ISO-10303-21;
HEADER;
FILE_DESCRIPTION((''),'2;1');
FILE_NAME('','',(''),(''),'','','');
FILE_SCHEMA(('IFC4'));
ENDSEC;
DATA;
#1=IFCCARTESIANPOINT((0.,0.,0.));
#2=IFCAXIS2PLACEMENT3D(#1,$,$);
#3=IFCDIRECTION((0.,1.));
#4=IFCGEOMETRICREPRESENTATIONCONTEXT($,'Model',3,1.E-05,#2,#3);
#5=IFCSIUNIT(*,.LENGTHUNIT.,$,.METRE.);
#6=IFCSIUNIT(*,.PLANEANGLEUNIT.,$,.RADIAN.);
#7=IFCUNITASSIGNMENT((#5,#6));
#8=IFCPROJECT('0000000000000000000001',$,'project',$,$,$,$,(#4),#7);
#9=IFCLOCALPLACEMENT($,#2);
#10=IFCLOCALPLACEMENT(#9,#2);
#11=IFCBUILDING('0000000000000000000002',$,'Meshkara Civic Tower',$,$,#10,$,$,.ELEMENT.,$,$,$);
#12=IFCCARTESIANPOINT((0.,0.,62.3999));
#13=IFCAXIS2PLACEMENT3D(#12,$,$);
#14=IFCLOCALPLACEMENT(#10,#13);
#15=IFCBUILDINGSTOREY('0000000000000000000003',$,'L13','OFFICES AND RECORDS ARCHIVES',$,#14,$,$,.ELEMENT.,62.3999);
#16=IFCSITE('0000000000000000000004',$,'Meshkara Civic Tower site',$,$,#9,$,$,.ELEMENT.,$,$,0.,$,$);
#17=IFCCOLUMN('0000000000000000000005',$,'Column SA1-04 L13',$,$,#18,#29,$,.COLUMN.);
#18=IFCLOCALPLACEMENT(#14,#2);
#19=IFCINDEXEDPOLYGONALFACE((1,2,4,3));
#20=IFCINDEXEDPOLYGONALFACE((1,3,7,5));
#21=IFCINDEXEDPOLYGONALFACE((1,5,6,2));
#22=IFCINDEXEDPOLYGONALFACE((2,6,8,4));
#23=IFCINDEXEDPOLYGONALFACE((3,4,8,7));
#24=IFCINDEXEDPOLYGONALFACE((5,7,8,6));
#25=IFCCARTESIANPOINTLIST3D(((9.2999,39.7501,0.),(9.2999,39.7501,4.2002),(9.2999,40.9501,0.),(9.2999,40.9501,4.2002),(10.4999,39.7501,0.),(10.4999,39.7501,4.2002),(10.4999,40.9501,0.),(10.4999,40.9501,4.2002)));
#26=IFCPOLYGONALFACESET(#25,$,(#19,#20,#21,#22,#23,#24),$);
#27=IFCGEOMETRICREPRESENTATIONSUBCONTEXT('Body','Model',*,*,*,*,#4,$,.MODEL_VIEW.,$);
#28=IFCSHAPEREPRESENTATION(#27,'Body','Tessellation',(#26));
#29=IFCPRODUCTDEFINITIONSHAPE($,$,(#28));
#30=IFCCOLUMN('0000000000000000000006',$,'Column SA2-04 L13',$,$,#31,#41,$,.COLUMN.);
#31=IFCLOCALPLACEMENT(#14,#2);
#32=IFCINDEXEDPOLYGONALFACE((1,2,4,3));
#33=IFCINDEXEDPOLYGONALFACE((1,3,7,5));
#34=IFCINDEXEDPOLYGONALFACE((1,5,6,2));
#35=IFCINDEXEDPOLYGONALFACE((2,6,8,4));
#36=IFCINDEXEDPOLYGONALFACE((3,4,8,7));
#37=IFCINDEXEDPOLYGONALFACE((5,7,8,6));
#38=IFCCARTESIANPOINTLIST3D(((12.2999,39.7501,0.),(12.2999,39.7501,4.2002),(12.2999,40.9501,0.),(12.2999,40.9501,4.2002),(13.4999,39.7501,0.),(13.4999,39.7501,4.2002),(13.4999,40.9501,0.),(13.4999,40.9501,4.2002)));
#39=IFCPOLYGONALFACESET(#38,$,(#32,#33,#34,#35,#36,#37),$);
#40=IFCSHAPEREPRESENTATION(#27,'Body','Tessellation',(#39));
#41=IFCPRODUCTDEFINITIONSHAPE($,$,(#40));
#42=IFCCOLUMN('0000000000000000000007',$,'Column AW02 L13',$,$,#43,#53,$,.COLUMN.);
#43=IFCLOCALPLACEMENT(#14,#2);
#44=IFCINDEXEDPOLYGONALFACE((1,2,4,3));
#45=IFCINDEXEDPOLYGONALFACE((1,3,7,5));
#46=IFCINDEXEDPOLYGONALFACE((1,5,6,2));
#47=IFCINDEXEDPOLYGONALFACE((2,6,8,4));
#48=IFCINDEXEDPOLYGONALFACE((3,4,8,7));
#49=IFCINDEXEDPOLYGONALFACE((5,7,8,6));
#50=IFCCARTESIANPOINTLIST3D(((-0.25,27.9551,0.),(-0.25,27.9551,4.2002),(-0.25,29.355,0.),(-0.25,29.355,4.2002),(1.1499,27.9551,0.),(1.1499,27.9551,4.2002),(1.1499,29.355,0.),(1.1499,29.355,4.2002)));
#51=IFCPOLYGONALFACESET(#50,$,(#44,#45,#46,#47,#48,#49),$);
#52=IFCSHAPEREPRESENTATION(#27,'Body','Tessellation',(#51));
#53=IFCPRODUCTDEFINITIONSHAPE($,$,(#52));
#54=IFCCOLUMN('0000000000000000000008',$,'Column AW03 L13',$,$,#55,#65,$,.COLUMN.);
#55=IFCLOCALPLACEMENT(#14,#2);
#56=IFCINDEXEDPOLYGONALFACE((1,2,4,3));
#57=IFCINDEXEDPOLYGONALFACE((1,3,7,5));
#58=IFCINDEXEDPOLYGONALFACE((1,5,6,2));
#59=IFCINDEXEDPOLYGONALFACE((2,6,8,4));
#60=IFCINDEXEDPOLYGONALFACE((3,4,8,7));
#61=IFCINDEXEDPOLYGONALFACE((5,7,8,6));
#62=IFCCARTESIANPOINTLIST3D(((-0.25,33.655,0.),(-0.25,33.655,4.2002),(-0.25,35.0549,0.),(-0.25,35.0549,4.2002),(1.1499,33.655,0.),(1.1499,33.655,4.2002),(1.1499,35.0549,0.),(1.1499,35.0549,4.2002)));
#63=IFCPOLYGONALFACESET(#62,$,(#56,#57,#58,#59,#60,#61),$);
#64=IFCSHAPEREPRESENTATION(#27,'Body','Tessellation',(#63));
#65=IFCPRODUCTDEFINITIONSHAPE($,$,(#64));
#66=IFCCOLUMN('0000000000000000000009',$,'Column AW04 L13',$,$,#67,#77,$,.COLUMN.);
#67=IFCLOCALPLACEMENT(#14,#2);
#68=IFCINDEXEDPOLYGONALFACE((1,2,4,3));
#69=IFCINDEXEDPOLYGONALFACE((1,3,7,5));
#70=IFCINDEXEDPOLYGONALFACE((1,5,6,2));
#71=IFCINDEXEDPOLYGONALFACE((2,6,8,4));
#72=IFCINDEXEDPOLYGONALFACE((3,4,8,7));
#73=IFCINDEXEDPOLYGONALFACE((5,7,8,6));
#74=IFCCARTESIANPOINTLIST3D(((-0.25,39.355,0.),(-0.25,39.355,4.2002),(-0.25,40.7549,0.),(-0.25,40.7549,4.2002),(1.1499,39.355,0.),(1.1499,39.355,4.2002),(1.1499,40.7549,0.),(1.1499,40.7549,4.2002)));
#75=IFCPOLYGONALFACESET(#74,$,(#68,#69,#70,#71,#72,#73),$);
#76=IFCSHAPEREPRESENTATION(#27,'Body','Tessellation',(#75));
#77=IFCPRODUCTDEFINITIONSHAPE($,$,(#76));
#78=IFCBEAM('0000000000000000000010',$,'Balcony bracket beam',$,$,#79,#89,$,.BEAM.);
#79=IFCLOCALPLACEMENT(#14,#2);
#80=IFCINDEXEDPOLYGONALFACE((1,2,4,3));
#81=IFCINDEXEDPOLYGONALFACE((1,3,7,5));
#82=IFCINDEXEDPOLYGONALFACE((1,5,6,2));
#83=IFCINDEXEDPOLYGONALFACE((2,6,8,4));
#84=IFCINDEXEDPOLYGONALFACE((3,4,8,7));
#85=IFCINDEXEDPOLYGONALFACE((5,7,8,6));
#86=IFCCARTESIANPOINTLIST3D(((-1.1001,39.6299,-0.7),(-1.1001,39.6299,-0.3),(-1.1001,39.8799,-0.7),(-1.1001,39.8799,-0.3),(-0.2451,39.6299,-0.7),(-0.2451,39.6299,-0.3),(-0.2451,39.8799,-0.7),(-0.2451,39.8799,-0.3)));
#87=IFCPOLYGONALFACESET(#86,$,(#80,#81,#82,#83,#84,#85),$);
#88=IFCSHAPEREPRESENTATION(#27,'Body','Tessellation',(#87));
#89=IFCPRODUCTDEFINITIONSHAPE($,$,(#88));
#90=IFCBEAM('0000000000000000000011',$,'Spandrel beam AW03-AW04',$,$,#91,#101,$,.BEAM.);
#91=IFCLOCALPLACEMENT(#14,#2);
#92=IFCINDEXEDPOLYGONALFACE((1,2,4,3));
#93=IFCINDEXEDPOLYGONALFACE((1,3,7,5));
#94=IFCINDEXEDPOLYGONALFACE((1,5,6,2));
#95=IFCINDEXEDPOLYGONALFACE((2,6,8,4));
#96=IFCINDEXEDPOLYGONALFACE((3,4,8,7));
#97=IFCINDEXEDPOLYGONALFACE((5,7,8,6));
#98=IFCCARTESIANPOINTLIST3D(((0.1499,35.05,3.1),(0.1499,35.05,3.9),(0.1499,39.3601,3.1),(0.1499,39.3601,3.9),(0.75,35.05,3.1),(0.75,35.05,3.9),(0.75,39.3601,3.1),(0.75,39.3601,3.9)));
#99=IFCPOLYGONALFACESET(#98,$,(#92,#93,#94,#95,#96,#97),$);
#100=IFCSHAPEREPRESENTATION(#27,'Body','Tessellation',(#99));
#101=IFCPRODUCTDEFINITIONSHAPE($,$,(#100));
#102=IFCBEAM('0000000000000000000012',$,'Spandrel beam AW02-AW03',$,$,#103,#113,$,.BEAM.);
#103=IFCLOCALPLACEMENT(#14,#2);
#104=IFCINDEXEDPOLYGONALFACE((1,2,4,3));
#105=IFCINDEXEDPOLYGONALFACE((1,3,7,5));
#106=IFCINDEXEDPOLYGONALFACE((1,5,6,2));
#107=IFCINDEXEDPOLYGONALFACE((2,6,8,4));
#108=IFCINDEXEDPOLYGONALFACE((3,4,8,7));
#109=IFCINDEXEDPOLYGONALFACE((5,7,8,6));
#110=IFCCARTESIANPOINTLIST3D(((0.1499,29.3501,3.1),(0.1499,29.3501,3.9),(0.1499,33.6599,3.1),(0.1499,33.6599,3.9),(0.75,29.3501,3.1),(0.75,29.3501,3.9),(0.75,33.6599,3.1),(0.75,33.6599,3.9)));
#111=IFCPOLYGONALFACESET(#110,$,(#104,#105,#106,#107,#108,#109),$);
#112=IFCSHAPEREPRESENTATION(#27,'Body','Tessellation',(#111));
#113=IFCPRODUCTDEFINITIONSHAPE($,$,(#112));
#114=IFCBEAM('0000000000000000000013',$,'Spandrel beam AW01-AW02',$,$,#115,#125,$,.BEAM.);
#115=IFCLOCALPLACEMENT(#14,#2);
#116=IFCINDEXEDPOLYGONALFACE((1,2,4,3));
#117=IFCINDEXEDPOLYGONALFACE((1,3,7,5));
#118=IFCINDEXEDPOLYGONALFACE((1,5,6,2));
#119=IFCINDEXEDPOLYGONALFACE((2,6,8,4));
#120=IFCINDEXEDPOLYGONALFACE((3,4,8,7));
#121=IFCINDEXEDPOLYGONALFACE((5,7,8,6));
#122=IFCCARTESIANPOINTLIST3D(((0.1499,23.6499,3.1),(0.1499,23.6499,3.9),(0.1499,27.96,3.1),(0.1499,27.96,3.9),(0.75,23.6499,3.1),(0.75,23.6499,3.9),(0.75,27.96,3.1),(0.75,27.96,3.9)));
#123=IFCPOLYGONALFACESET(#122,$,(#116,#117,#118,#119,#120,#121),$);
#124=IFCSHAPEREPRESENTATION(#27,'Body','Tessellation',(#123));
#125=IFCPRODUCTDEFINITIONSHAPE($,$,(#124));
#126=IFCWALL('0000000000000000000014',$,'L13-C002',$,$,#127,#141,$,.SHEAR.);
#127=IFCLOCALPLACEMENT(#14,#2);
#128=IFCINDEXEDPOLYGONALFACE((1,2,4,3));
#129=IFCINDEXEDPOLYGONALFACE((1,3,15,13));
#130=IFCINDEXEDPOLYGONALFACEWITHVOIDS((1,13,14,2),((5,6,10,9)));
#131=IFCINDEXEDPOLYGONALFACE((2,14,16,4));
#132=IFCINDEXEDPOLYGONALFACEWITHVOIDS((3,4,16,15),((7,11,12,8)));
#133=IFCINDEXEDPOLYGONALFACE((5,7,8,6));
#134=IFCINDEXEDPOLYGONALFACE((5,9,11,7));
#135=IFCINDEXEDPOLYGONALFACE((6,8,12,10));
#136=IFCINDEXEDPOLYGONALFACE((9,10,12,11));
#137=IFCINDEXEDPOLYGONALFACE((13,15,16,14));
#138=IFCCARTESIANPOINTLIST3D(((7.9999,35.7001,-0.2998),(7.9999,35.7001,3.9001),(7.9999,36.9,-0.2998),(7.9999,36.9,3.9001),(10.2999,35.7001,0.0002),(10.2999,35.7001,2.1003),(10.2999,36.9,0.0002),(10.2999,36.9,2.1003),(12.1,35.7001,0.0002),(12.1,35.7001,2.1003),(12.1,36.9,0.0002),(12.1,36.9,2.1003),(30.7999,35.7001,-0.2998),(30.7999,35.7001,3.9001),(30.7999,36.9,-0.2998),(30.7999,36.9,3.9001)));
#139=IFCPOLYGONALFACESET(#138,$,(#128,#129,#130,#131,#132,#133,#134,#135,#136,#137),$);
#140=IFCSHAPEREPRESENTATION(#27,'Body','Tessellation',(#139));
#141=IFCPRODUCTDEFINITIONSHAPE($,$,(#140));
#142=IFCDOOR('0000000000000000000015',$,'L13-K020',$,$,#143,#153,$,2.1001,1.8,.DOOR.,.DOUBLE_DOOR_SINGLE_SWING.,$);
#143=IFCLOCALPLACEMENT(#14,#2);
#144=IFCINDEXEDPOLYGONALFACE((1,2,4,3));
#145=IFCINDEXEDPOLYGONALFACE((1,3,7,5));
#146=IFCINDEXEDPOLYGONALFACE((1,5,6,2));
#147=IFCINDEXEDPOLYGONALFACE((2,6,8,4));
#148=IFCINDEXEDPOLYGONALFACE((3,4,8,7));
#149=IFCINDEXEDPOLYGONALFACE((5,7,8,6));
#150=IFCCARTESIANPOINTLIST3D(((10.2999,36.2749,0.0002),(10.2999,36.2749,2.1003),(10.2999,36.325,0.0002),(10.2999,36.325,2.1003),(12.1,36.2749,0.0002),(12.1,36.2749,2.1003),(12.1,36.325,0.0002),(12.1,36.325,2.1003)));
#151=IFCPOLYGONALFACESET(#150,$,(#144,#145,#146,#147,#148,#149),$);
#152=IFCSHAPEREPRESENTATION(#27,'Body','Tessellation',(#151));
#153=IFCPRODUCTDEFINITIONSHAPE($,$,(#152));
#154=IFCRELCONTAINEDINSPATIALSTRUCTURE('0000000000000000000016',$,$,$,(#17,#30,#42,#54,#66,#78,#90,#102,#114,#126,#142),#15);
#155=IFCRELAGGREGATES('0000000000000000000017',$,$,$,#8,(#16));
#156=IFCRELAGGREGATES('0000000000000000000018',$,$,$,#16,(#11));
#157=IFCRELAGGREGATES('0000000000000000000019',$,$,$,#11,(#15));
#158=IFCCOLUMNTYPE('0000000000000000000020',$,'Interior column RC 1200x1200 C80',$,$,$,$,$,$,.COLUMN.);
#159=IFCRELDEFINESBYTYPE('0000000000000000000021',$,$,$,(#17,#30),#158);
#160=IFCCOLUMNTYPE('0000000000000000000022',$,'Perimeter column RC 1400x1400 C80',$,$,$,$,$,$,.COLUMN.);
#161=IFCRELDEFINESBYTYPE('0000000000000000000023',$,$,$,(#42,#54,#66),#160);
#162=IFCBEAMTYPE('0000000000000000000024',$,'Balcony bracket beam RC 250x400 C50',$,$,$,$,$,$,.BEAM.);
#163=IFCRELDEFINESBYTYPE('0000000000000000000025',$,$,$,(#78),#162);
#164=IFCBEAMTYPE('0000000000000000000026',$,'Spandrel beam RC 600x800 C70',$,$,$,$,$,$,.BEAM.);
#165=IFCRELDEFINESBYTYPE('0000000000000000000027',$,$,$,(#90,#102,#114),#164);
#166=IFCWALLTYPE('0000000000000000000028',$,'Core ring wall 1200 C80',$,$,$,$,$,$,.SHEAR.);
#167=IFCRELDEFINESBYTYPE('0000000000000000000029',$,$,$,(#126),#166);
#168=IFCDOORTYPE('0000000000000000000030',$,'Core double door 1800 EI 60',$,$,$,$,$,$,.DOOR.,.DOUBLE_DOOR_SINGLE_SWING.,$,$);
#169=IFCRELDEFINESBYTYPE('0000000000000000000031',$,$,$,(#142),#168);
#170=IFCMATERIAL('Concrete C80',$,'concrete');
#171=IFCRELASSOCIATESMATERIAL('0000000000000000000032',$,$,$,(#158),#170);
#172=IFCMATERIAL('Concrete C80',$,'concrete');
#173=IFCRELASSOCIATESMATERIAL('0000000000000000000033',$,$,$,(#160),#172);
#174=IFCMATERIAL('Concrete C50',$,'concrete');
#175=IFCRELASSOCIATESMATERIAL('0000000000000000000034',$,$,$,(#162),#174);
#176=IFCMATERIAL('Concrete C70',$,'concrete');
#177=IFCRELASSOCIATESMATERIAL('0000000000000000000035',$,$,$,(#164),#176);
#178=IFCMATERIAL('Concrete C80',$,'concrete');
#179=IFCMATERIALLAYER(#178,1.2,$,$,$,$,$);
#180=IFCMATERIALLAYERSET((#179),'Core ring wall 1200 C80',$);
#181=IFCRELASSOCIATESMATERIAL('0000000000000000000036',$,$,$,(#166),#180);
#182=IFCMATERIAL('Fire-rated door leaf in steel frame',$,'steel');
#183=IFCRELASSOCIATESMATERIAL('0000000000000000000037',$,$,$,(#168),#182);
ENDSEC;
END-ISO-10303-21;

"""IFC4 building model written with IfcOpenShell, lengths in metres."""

from ifc_helpers import new_model, si_unit, direction, frame, frame_2d, origin, origin_2d, place, context, subcontext, project, spatial, rectangle, extrude, material, layer, layer_set, material_profile, profile_set, type_object, element, fill, save


model = new_model("IFC4")

# Units and contexts
model_context = context("Model", 3, precision=1e-05, world=origin(), true_north=direction((0.0, 1.0)))
body_context = subcontext(model_context, "Body", "Model", "MODEL_VIEW")
ifc_project = project(units=[si_unit("LENGTHUNIT", "METRE"), si_unit("PLANEANGLEUNIT", "RADIAN")], contexts=[model_context])

# Site, building, storey
site_placement = place(None, origin())
site = spatial("IfcSite", under=ifc_project, at=site_placement, Name="Meshkara Civic Tower site", CompositionType="ELEMENT", RefElevation=0.0)
building_placement = place(site_placement, origin())
building = spatial("IfcBuilding", under=site, at=building_placement, Name="Meshkara Civic Tower", CompositionType="ELEMENT")
storey_placement = place(building_placement, frame((0.0, 0.0, 62.3999)))
storey = spatial("IfcBuildingStorey", under=building, at=storey_placement, Name="L13", Description="OFFICES AND RECORDS ARCHIVES", CompositionType="ELEMENT", Elevation=62.3999)

# Columns
ifc_material_1 = material(Name="Concrete C80", Category="concrete")
ifc_material_profile_1 = material_profile(ifc_material_1, rectangle(XDim=1.2, YDim=1.2, at=origin_2d()))
ifc_profile_set_1 = profile_set([ifc_material_profile_1], Name="Concrete C80")
column_type_1 = type_object("IfcColumnType", Name="Interior column RC 1200x1200 C80", PredefinedType="COLUMN", material=ifc_profile_set_1)
for number, where, z_axis, x_axis, name in (
    (1, (9.8999, 40.3501, 0.0), (0.0, 0.0, 1.0), (1.0, 0.0, 0.0), "Column SA1-04 L13"),
    (2, (12.8999, 40.3501, 0.0), (0.0, 0.0, 1.0), (1.0, 0.0, 0.0), "Column SA2-04 L13"),
):
    element("IfcColumn", number, at=place(storey_placement, frame(where, z_axis=z_axis, x_axis=x_axis)), inside=storey, type_object=column_type_1, Name=name, PredefinedType="COLUMN", context=body_context, shape_type="SweptSolid", body=[
        extrude(rectangle(XDim=1.2, YDim=1.2, at=origin_2d()), origin(), (0.0, 0.0, 1.0), 4.2002),
    ])
ifc_material_2 = material(Name="Concrete C80", Category="concrete")
ifc_material_profile_2 = material_profile(ifc_material_2, rectangle(XDim=1.3999, YDim=1.3999, at=origin_2d()))
ifc_profile_set_2 = profile_set([ifc_material_profile_2], Name="Concrete C80")
column_type_2 = type_object("IfcColumnType", Name="Perimeter column RC 1400x1400 C80", PredefinedType="COLUMN", material=ifc_profile_set_2)
for number, where, z_axis, x_axis, name in (
    (3, (0.45, 28.655, 0.0), (0.0, 0.0, 1.0), (1.0, 0.0, 0.0), "Column AW02 L13"),
    (4, (0.45, 34.355, 0.0), (0.0, 0.0, 1.0), (1.0, 0.0, 0.0), "Column AW03 L13"),
    (5, (0.45, 40.0549, 0.0), (0.0, 0.0, 1.0), (1.0, 0.0, 0.0), "Column AW04 L13"),
):
    element("IfcColumn", number, at=place(storey_placement, frame(where, z_axis=z_axis, x_axis=x_axis)), inside=storey, type_object=column_type_2, Name=name, PredefinedType="COLUMN", context=body_context, shape_type="SweptSolid", body=[
        extrude(rectangle(XDim=1.3999, YDim=1.3999, at=origin_2d()), origin(), (0.0, 0.0, 1.0), 4.2002),
    ])

# Beams
ifc_material_3 = material(Name="Concrete C50", Category="concrete")
ifc_material_profile_3 = material_profile(ifc_material_3, rectangle(XDim=0.25, YDim=0.3999, at=origin_2d()))
ifc_profile_set_3 = profile_set([ifc_material_profile_3], Name="Concrete C50")
beam_type_1 = type_object("IfcBeamType", Name="Balcony bracket beam RC 250x400 C50", PredefinedType="BEAM", material=ifc_profile_set_3)
beam_1_placement = place(storey_placement, frame((-0.2451, 39.7549, -0.5), z_axis=(-1.0, 0.0, 0.0), x_axis=(0.0, -1.0, 0.0)))
element("IfcBeam", 6, at=beam_1_placement, inside=storey, type_object=beam_type_1, Name="Balcony bracket beam", PredefinedType="BEAM", context=body_context, shape_type="SweptSolid", body=[
    extrude(rectangle(XDim=0.25, YDim=0.3999, at=origin_2d()), origin(), (0.0, 0.0, 1.0), 0.855),
])
ifc_material_4 = material(Name="Concrete C70", Category="concrete")
ifc_material_profile_4 = material_profile(ifc_material_4, rectangle(XDim=0.6001, YDim=0.8, at=origin_2d()))
ifc_profile_set_4 = profile_set([ifc_material_profile_4], Name="Concrete C70")
beam_type_2 = type_object("IfcBeamType", Name="Spandrel beam RC 600x800 C70", PredefinedType="BEAM", material=ifc_profile_set_4)
beam_2_placement = place(storey_placement, frame((0.45, 39.3601, 3.5), z_axis=(0.0, -1.0, 0.0), x_axis=(1.0, 0.0, 0.0)))
element("IfcBeam", 7, at=beam_2_placement, inside=storey, type_object=beam_type_2, Name="Spandrel beam AW03-AW04", PredefinedType="BEAM", context=body_context, shape_type="SweptSolid", body=[
    extrude(rectangle(XDim=0.6001, YDim=0.8, at=origin_2d()), origin(), (0.0, 0.0, 1.0), 4.3101),
])
beam_3_placement = place(storey_placement, frame((0.45, 33.6599, 3.5), z_axis=(0.0, -1.0, 0.0), x_axis=(1.0, 0.0, 0.0)))
element("IfcBeam", 8, at=beam_3_placement, inside=storey, type_object=beam_type_2, Name="Spandrel beam AW02-AW03", PredefinedType="BEAM", context=body_context, shape_type="SweptSolid", body=[
    extrude(rectangle(XDim=0.6001, YDim=0.8, at=origin_2d()), origin(), (0.0, 0.0, 1.0), 4.3098),
])
beam_4_placement = place(storey_placement, frame((0.45, 27.96, 3.5), z_axis=(0.0, -1.0, 0.0), x_axis=(1.0, 0.0, 0.0)))
element("IfcBeam", 9, at=beam_4_placement, inside=storey, type_object=beam_type_2, Name="Spandrel beam AW01-AW02", PredefinedType="BEAM", context=body_context, shape_type="SweptSolid", body=[
    extrude(rectangle(XDim=0.6001, YDim=0.8, at=origin_2d()), origin(), (0.0, 0.0, 1.0), 4.3101),
])

# Wall, opening, door
ifc_material_5 = material(Name="Concrete C80", Category="concrete")
ifc_layer_1 = layer(ifc_material_5, 1.2)
ifc_layer_set_1 = layer_set([ifc_layer_1], Name="Core ring wall 1200 C80")
wall_type_1 = type_object("IfcWallType", Name="Core ring wall 1200 C80", PredefinedType="SHEAR", material=ifc_layer_set_1)
wall_1_placement = place(storey_placement, frame((8.0, 36.3, -0.2998), z_axis=(0.0, 0.0, 1.0), x_axis=(1.0, 0.0, 0.0)))
wall_1 = element("IfcWall", 10, at=wall_1_placement, inside=storey, type_object=wall_type_1, Name="L13-C002", PredefinedType="SHEAR", context=body_context, shape_type="SweptSolid", body=[
    extrude(rectangle(XDim=22.8, YDim=1.2, at=frame_2d((11.3999, 0.0))), origin(), (0.0, 0.0, 1.0), 4.2),
])
opening_1_placement = place(wall_1_placement, frame((2.3, 0.0, 0.3)))
opening_1 = element("IfcOpeningElement", 11, at=opening_1_placement, cuts=wall_1, PredefinedType="OPENING", context=body_context, shape_type="SweptSolid", body=[
    extrude(rectangle(XDim=1.8, YDim=2.1001, at=frame_2d((0.8999, 1.05))), frame((0.0, 0.6099, 0.0), z_axis=(0.0, -1.0, 0.0), x_axis=(1.0, 0.0, 0.0)), (0.0, 0.0, 1.0), 1.22),
])
ifc_material_6 = material(Name="Fire-rated door leaf in steel frame", Category="steel")
door_type_1 = type_object("IfcDoorType", Name="Core double door 1800 EI 60", OperationType="DOUBLE_DOOR_SINGLE_SWING", PredefinedType="DOOR", material=ifc_material_6)
door_1_placement = place(opening_1_placement, origin())
door_1 = element("IfcDoor", 12, at=door_1_placement, inside=storey, type_object=door_type_1, Name="L13-K020", OperationType="DOUBLE_DOOR_SINGLE_SWING", OverallHeight=2.1001, OverallWidth=1.8, PredefinedType="DOOR", context=body_context, shape_type="SweptSolid", body=[
    extrude(rectangle(XDim=1.8, YDim=2.1001, at=frame_2d((0.8999, 1.05))), frame((0.0, 0.0249, 0.0), z_axis=(0.0, -1.0, 0.0), x_axis=(1.0, 0.0, 0.0)), (0.0, 0.0, 1.0), 0.05),
])
fill(opening_1, door_1)

save(model, "model.ifc")
